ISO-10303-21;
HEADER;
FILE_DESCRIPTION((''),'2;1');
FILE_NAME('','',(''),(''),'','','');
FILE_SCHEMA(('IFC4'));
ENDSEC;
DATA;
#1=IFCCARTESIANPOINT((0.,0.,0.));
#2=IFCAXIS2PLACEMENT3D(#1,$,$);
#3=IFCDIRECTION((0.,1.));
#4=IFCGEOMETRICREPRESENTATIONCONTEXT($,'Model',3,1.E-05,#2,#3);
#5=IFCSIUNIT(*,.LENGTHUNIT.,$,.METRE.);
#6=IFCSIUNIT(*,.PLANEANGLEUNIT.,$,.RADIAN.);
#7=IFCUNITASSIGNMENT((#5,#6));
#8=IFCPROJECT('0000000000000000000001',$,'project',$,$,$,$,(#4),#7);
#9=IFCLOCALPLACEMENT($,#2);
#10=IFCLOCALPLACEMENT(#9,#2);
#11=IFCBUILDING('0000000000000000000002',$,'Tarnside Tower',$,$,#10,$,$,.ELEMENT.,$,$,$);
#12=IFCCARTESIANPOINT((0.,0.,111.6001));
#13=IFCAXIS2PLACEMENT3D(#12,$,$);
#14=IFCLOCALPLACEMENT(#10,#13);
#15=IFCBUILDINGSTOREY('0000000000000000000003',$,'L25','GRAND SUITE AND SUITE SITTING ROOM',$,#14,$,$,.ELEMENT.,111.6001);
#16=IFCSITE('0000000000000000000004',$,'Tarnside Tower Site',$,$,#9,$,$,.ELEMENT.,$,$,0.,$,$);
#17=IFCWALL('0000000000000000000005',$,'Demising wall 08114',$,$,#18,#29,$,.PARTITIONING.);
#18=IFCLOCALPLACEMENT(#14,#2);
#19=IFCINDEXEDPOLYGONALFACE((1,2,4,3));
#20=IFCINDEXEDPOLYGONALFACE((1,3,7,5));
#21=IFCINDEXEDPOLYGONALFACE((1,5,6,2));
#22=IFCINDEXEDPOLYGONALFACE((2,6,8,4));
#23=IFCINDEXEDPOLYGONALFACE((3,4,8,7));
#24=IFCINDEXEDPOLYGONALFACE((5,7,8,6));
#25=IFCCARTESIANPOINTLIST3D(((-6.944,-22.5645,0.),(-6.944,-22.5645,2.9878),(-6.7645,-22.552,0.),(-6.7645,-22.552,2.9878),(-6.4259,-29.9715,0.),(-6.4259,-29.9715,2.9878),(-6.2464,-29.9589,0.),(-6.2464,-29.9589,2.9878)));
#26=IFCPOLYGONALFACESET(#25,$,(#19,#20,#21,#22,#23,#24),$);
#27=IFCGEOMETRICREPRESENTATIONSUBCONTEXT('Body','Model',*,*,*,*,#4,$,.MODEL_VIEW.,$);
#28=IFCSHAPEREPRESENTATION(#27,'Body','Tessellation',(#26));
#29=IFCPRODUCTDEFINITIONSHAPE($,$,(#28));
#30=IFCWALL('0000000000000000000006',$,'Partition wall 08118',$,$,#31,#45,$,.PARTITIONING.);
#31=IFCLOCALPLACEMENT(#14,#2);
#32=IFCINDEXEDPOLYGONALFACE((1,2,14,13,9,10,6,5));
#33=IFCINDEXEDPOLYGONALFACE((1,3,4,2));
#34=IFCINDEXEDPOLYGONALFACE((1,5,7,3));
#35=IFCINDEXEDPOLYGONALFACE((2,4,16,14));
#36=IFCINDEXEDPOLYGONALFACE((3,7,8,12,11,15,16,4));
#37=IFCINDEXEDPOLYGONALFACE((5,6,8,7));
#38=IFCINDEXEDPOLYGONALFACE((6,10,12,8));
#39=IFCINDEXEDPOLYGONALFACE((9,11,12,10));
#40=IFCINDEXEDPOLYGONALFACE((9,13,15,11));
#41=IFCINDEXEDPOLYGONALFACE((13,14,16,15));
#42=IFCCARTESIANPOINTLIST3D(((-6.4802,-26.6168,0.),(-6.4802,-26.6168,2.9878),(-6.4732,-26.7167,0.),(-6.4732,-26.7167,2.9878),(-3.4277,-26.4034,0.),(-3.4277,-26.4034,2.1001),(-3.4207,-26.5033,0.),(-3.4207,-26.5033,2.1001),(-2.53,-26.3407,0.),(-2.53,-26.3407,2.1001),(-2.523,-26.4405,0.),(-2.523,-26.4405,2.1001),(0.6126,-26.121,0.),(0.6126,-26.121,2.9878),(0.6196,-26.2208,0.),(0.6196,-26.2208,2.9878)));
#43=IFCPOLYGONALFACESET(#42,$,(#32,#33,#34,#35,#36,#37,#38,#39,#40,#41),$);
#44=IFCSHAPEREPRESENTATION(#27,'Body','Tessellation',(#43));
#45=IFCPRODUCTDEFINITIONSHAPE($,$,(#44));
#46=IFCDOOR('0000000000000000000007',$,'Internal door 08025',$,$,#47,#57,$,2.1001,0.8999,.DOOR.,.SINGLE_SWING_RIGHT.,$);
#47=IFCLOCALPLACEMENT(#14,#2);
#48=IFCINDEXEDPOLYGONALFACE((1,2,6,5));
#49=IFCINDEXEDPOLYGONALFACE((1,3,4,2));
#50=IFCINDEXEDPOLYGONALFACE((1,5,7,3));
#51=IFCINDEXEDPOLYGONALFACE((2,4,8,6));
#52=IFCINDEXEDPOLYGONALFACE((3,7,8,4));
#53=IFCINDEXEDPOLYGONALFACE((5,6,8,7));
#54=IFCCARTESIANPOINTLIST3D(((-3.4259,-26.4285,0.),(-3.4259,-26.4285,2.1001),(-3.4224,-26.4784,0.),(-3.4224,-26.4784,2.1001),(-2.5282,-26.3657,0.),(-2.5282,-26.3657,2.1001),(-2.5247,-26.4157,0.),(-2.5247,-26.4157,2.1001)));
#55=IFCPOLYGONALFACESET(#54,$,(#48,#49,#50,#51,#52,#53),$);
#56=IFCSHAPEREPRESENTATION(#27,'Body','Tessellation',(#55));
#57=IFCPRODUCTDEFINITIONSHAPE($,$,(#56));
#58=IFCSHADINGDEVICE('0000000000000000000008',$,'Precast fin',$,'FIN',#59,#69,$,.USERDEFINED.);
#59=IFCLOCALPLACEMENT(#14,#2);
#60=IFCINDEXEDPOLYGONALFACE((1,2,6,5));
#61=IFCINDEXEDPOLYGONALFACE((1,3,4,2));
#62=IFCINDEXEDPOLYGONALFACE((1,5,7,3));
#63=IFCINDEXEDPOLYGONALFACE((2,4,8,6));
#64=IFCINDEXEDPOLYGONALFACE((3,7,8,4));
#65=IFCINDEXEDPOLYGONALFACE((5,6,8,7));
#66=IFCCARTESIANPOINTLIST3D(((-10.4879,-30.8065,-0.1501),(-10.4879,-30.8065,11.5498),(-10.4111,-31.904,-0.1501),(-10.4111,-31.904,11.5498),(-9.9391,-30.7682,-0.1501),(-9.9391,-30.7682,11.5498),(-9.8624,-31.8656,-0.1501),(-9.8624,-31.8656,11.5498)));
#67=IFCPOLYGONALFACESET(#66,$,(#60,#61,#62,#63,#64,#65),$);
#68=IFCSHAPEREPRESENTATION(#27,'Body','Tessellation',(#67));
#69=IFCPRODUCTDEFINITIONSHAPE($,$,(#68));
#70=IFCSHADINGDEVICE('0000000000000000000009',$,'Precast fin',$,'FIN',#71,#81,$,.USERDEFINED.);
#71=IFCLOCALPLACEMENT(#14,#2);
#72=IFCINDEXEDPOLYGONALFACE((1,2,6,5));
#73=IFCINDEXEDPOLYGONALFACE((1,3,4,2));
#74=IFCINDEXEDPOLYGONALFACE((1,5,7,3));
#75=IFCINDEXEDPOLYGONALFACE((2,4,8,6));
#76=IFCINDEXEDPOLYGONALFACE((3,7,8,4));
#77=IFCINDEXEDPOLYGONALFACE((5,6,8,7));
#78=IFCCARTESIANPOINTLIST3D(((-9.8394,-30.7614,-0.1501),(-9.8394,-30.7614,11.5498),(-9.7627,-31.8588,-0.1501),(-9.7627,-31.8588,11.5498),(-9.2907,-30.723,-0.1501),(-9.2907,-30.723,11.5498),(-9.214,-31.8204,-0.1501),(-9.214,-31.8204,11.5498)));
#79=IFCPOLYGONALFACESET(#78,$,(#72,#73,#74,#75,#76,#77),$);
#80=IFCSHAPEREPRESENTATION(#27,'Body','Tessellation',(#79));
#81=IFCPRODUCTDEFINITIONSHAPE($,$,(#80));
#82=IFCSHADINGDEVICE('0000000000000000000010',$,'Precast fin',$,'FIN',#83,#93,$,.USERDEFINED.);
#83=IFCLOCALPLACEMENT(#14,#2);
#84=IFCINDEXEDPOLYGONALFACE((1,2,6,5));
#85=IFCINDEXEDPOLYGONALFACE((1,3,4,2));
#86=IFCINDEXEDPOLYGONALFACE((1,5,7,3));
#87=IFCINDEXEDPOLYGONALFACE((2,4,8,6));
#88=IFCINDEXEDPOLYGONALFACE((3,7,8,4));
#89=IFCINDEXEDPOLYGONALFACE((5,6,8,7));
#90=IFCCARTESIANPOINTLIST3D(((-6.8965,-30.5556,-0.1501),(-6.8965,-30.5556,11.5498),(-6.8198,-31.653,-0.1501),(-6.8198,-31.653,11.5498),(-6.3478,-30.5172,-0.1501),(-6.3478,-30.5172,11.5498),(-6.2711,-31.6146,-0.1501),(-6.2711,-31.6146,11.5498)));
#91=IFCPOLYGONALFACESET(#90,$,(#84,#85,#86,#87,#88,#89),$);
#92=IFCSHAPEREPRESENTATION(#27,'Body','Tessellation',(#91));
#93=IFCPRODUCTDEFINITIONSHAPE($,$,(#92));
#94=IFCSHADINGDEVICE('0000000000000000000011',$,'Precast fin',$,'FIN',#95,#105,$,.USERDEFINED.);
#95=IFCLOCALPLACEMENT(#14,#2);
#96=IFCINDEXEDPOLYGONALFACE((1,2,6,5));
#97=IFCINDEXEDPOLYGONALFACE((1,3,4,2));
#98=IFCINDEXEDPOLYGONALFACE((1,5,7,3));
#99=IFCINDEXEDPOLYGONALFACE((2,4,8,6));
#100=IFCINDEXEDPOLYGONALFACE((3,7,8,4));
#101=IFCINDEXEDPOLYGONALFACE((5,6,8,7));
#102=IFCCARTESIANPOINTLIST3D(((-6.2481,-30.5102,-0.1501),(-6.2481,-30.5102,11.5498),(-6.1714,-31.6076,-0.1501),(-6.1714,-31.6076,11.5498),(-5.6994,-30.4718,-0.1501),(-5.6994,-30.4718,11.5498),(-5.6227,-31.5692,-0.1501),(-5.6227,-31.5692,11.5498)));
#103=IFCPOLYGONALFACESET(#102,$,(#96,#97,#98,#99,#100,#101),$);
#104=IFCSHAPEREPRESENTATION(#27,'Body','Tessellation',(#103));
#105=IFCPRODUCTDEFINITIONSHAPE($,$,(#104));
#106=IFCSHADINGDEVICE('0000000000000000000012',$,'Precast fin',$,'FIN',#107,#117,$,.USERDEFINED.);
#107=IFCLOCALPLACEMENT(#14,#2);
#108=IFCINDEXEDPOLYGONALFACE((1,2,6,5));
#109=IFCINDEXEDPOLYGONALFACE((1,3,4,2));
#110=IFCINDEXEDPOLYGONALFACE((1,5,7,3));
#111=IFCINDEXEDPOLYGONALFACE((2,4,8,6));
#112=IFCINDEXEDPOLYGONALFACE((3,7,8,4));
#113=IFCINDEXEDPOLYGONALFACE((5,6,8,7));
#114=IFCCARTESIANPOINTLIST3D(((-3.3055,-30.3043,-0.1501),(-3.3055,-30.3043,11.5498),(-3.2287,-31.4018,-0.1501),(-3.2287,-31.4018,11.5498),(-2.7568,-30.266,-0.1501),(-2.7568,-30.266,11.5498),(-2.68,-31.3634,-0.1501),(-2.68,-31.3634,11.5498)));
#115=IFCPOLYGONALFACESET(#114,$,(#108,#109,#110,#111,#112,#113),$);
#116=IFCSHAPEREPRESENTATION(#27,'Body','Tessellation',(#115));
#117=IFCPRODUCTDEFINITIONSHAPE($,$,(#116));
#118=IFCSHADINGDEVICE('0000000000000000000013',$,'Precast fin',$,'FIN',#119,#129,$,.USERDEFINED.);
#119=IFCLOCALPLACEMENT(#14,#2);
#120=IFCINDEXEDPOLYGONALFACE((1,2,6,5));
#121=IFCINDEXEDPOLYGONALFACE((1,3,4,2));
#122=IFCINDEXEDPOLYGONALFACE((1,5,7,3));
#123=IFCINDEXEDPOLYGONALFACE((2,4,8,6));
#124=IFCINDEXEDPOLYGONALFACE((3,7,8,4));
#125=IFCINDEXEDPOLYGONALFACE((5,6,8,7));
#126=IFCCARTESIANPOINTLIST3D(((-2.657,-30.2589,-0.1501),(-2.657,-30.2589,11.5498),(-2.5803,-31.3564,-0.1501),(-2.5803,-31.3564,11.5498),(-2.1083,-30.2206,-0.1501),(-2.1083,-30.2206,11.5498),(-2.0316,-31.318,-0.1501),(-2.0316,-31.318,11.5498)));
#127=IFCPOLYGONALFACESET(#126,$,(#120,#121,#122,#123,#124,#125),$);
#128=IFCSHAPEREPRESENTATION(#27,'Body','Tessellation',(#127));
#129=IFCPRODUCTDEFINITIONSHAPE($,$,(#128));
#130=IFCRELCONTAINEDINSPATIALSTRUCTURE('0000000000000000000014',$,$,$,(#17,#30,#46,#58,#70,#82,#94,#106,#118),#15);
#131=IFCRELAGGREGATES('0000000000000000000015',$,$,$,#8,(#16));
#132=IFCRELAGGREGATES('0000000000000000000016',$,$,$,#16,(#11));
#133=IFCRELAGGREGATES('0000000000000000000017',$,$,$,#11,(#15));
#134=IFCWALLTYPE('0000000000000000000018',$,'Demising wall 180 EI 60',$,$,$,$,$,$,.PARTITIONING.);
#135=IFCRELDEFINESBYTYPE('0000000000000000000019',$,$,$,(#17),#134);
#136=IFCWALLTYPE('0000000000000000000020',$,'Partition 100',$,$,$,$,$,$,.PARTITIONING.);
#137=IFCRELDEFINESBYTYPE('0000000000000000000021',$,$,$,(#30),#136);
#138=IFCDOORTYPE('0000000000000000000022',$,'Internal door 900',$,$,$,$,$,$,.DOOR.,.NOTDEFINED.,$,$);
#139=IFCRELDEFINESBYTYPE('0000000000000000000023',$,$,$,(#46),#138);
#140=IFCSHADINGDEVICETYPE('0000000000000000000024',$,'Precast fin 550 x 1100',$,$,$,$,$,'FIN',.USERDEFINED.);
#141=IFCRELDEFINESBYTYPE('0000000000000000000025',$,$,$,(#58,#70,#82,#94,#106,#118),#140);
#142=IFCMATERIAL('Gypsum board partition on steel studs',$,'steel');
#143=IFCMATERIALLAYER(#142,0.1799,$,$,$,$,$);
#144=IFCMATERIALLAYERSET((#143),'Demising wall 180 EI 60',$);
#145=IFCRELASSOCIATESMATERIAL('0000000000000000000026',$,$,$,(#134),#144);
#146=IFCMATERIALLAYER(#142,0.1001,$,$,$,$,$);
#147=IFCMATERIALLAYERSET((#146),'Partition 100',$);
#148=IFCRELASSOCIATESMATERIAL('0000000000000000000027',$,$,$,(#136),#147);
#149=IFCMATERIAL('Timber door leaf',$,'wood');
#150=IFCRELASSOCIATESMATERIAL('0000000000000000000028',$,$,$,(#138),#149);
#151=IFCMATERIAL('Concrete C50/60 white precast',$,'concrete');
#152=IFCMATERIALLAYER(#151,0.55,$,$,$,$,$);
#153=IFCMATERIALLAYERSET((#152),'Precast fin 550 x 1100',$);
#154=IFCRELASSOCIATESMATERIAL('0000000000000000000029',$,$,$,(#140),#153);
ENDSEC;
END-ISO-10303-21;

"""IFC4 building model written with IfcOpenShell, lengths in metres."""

from ifc_helpers import new_model, si_unit, direction, frame, frame_2d, origin, place, context, subcontext, project, spatial, polyline, rectangle, outline, extrude, material, layer, layer_set, type_object, element, fill, save


model = new_model("IFC4")

# Units and contexts
model_context = context("Model", 3, precision=1e-05, world=origin(), true_north=direction((0.0, 1.0)))
body_context = subcontext(model_context, "Body", "Model", "MODEL_VIEW")
ifc_project = project(units=[si_unit("LENGTHUNIT", "METRE"), si_unit("PLANEANGLEUNIT", "RADIAN")], contexts=[model_context])

# Site, building, storey
site_placement = place(None, origin())
site = spatial("IfcSite", under=ifc_project, at=site_placement, Name="Tarnside Tower Site", CompositionType="ELEMENT", RefElevation=0.0)
building_placement = place(site_placement, origin())
building = spatial("IfcBuilding", under=site, at=building_placement, Name="Tarnside Tower", CompositionType="ELEMENT")
storey_placement = place(building_placement, frame((0.0, 0.0, 111.6001)))
storey = spatial("IfcBuildingStorey", under=building, at=storey_placement, Name="L25", Description="GRAND SUITE AND SUITE SITTING ROOM", CompositionType="ELEMENT", Elevation=111.6001)

# Shared definitions
ifc_material_1 = material(Name="Gypsum board partition on steel studs", Category="steel")
ifc_material_2 = material(Name="Timber door leaf", Category="wood")

# Wall
ifc_layer_1 = layer(ifc_material_1, 0.1799)
ifc_layer_set_1 = layer_set([ifc_layer_1], Name="Demising wall 180 EI 60")
wall_type_1 = type_object("IfcWallType", Name="Demising wall 180 EI 60", PredefinedType="PARTITIONING", material=ifc_layer_set_1)
wall_1_placement = place(storey_placement, frame((-6.3362, -29.9651, 0.0), z_axis=(0.0, 0.0, 1.0), x_axis=(-0.069773, 0.997563, 0.0)))
element("IfcWall", 1, at=wall_1_placement, inside=storey, type_object=wall_type_1, Name="Demising wall 08114", PredefinedType="PARTITIONING", context=body_context, shape_type="SweptSolid", body=[
    extrude(rectangle(XDim=7.425, YDim=0.1799, at=frame_2d((3.7124, 0.0))), origin(), (0.0, 0.0, 1.0), 2.9878),
])

# Wall, opening, door
ifc_layer_2 = layer(ifc_material_1, 0.1001)
ifc_layer_set_2 = layer_set([ifc_layer_2], Name="Partition 100")
wall_type_2 = type_object("IfcWallType", Name="Partition 100", PredefinedType="PARTITIONING", material=ifc_layer_set_2)
wall_2_placement = place(storey_placement, frame((-6.4768, -26.6667, 0.0), z_axis=(0.0, 0.0, 1.0), x_axis=(0.997565, 0.069739, 0.0)))
wall_2 = element("IfcWall", 2, at=wall_2_placement, inside=storey, type_object=wall_type_2, Name="Partition wall 08118", PredefinedType="PARTITIONING", context=body_context, shape_type="SweptSolid", body=[
    extrude(rectangle(XDim=7.1101, YDim=0.1001, at=frame_2d((3.5552, 0.0))), origin(), (0.0, 0.0, 1.0), 2.9878),
])
opening_1_placement = place(wall_2_placement, frame((3.0601, 0.0, 0.0)))
opening_1 = element("IfcOpeningElement", 3, at=opening_1_placement, cuts=wall_2, PredefinedType="OPENING", context=body_context, shape_type="SweptSolid", body=[
    extrude(rectangle(XDim=0.8999, YDim=2.1001, at=frame_2d((0.45, 1.05))), frame((0.0, 0.0601, 0.0), z_axis=(0.0, -1.0, 0.0), x_axis=(1.0, 0.0, 0.0)), (0.0, 0.0, 1.0), 0.1201),
])
door_type_1 = type_object("IfcDoorType", Name="Internal door 900", OperationType="NOTDEFINED", PredefinedType="DOOR", material=ifc_material_2)
door_1_placement = place(opening_1_placement, origin())
door_1 = element("IfcDoor", 4, at=door_1_placement, inside=storey, type_object=door_type_1, Name="Internal door 08025", OperationType="SINGLE_SWING_RIGHT", OverallHeight=2.1001, OverallWidth=0.8999, PredefinedType="DOOR", context=body_context, shape_type="SweptSolid", body=[
    extrude(rectangle(XDim=0.8999, YDim=2.1001, at=frame_2d((0.45, 1.05))), frame((0.0, 0.0249, 0.0), z_axis=(0.0, -1.0, 0.0), x_axis=(1.0, 0.0, 0.0)), (0.0, 0.0, 1.0), 0.05),
])
fill(opening_1, door_1)

# Shading devices
ifc_material_3 = material(Name="Concrete C50/60 white precast", Category="concrete")
ifc_layer_3 = layer(ifc_material_3, 0.55)
ifc_layer_set_3 = layer_set([ifc_layer_3], Name="Precast fin 550 x 1100")
shading_device_type = type_object("IfcShadingDeviceType", Name="Precast fin 550 x 1100", ElementType="FIN", PredefinedType="USERDEFINED", material=ifc_layer_set_3)
for number, where, z_axis, x_axis, name in (
    (5, (-10.2134, -30.7874, -0.1501), (-0.997564, -0.069756, 0.0), (0.069756, -0.997564, 0.0), "Precast fin"),
    (6, (-9.5649, -30.7422, -0.1501), (-0.997564, -0.069756, 0.0), (0.069756, -0.997564, 0.0), "Precast fin"),
    (7, (-6.6221, -30.5364, -0.1501), (-0.997564, -0.069756, 0.0), (0.069756, -0.997564, 0.0), "Precast fin"),
    (8, (-5.9736, -30.491, -0.1501), (-0.997564, -0.069756, 0.0), (0.069756, -0.997564, 0.0), "Precast fin"),
    (9, (-3.031, -30.2852, -0.1501), (-0.997564, -0.069756, 0.0), (0.069756, -0.997564, 0.0), "Precast fin"),
    (10, (-2.3826, -30.2397, -0.1501), (-0.997564, -0.069756, 0.0), (0.069756, -0.997564, 0.0), "Precast fin"),
):
    element("IfcShadingDevice", number, at=place(storey_placement, frame(where, z_axis=z_axis, x_axis=x_axis)), inside=storey, type_object=shading_device_type, Name=name, ObjectType="FIN", PredefinedType="USERDEFINED", context=body_context, shape_type="SweptSolid", body=[
        extrude(outline(polyline([(0.0, 0.0), (1.1001, 0.0), (1.1001, 11.7), (0.0, 11.7), (0.0, 0.0)])), frame((0.0, 0.0, -0.2749)), (0.0, 0.0, 1.0), 0.55),
    ])

save(model, "model.ifc")
